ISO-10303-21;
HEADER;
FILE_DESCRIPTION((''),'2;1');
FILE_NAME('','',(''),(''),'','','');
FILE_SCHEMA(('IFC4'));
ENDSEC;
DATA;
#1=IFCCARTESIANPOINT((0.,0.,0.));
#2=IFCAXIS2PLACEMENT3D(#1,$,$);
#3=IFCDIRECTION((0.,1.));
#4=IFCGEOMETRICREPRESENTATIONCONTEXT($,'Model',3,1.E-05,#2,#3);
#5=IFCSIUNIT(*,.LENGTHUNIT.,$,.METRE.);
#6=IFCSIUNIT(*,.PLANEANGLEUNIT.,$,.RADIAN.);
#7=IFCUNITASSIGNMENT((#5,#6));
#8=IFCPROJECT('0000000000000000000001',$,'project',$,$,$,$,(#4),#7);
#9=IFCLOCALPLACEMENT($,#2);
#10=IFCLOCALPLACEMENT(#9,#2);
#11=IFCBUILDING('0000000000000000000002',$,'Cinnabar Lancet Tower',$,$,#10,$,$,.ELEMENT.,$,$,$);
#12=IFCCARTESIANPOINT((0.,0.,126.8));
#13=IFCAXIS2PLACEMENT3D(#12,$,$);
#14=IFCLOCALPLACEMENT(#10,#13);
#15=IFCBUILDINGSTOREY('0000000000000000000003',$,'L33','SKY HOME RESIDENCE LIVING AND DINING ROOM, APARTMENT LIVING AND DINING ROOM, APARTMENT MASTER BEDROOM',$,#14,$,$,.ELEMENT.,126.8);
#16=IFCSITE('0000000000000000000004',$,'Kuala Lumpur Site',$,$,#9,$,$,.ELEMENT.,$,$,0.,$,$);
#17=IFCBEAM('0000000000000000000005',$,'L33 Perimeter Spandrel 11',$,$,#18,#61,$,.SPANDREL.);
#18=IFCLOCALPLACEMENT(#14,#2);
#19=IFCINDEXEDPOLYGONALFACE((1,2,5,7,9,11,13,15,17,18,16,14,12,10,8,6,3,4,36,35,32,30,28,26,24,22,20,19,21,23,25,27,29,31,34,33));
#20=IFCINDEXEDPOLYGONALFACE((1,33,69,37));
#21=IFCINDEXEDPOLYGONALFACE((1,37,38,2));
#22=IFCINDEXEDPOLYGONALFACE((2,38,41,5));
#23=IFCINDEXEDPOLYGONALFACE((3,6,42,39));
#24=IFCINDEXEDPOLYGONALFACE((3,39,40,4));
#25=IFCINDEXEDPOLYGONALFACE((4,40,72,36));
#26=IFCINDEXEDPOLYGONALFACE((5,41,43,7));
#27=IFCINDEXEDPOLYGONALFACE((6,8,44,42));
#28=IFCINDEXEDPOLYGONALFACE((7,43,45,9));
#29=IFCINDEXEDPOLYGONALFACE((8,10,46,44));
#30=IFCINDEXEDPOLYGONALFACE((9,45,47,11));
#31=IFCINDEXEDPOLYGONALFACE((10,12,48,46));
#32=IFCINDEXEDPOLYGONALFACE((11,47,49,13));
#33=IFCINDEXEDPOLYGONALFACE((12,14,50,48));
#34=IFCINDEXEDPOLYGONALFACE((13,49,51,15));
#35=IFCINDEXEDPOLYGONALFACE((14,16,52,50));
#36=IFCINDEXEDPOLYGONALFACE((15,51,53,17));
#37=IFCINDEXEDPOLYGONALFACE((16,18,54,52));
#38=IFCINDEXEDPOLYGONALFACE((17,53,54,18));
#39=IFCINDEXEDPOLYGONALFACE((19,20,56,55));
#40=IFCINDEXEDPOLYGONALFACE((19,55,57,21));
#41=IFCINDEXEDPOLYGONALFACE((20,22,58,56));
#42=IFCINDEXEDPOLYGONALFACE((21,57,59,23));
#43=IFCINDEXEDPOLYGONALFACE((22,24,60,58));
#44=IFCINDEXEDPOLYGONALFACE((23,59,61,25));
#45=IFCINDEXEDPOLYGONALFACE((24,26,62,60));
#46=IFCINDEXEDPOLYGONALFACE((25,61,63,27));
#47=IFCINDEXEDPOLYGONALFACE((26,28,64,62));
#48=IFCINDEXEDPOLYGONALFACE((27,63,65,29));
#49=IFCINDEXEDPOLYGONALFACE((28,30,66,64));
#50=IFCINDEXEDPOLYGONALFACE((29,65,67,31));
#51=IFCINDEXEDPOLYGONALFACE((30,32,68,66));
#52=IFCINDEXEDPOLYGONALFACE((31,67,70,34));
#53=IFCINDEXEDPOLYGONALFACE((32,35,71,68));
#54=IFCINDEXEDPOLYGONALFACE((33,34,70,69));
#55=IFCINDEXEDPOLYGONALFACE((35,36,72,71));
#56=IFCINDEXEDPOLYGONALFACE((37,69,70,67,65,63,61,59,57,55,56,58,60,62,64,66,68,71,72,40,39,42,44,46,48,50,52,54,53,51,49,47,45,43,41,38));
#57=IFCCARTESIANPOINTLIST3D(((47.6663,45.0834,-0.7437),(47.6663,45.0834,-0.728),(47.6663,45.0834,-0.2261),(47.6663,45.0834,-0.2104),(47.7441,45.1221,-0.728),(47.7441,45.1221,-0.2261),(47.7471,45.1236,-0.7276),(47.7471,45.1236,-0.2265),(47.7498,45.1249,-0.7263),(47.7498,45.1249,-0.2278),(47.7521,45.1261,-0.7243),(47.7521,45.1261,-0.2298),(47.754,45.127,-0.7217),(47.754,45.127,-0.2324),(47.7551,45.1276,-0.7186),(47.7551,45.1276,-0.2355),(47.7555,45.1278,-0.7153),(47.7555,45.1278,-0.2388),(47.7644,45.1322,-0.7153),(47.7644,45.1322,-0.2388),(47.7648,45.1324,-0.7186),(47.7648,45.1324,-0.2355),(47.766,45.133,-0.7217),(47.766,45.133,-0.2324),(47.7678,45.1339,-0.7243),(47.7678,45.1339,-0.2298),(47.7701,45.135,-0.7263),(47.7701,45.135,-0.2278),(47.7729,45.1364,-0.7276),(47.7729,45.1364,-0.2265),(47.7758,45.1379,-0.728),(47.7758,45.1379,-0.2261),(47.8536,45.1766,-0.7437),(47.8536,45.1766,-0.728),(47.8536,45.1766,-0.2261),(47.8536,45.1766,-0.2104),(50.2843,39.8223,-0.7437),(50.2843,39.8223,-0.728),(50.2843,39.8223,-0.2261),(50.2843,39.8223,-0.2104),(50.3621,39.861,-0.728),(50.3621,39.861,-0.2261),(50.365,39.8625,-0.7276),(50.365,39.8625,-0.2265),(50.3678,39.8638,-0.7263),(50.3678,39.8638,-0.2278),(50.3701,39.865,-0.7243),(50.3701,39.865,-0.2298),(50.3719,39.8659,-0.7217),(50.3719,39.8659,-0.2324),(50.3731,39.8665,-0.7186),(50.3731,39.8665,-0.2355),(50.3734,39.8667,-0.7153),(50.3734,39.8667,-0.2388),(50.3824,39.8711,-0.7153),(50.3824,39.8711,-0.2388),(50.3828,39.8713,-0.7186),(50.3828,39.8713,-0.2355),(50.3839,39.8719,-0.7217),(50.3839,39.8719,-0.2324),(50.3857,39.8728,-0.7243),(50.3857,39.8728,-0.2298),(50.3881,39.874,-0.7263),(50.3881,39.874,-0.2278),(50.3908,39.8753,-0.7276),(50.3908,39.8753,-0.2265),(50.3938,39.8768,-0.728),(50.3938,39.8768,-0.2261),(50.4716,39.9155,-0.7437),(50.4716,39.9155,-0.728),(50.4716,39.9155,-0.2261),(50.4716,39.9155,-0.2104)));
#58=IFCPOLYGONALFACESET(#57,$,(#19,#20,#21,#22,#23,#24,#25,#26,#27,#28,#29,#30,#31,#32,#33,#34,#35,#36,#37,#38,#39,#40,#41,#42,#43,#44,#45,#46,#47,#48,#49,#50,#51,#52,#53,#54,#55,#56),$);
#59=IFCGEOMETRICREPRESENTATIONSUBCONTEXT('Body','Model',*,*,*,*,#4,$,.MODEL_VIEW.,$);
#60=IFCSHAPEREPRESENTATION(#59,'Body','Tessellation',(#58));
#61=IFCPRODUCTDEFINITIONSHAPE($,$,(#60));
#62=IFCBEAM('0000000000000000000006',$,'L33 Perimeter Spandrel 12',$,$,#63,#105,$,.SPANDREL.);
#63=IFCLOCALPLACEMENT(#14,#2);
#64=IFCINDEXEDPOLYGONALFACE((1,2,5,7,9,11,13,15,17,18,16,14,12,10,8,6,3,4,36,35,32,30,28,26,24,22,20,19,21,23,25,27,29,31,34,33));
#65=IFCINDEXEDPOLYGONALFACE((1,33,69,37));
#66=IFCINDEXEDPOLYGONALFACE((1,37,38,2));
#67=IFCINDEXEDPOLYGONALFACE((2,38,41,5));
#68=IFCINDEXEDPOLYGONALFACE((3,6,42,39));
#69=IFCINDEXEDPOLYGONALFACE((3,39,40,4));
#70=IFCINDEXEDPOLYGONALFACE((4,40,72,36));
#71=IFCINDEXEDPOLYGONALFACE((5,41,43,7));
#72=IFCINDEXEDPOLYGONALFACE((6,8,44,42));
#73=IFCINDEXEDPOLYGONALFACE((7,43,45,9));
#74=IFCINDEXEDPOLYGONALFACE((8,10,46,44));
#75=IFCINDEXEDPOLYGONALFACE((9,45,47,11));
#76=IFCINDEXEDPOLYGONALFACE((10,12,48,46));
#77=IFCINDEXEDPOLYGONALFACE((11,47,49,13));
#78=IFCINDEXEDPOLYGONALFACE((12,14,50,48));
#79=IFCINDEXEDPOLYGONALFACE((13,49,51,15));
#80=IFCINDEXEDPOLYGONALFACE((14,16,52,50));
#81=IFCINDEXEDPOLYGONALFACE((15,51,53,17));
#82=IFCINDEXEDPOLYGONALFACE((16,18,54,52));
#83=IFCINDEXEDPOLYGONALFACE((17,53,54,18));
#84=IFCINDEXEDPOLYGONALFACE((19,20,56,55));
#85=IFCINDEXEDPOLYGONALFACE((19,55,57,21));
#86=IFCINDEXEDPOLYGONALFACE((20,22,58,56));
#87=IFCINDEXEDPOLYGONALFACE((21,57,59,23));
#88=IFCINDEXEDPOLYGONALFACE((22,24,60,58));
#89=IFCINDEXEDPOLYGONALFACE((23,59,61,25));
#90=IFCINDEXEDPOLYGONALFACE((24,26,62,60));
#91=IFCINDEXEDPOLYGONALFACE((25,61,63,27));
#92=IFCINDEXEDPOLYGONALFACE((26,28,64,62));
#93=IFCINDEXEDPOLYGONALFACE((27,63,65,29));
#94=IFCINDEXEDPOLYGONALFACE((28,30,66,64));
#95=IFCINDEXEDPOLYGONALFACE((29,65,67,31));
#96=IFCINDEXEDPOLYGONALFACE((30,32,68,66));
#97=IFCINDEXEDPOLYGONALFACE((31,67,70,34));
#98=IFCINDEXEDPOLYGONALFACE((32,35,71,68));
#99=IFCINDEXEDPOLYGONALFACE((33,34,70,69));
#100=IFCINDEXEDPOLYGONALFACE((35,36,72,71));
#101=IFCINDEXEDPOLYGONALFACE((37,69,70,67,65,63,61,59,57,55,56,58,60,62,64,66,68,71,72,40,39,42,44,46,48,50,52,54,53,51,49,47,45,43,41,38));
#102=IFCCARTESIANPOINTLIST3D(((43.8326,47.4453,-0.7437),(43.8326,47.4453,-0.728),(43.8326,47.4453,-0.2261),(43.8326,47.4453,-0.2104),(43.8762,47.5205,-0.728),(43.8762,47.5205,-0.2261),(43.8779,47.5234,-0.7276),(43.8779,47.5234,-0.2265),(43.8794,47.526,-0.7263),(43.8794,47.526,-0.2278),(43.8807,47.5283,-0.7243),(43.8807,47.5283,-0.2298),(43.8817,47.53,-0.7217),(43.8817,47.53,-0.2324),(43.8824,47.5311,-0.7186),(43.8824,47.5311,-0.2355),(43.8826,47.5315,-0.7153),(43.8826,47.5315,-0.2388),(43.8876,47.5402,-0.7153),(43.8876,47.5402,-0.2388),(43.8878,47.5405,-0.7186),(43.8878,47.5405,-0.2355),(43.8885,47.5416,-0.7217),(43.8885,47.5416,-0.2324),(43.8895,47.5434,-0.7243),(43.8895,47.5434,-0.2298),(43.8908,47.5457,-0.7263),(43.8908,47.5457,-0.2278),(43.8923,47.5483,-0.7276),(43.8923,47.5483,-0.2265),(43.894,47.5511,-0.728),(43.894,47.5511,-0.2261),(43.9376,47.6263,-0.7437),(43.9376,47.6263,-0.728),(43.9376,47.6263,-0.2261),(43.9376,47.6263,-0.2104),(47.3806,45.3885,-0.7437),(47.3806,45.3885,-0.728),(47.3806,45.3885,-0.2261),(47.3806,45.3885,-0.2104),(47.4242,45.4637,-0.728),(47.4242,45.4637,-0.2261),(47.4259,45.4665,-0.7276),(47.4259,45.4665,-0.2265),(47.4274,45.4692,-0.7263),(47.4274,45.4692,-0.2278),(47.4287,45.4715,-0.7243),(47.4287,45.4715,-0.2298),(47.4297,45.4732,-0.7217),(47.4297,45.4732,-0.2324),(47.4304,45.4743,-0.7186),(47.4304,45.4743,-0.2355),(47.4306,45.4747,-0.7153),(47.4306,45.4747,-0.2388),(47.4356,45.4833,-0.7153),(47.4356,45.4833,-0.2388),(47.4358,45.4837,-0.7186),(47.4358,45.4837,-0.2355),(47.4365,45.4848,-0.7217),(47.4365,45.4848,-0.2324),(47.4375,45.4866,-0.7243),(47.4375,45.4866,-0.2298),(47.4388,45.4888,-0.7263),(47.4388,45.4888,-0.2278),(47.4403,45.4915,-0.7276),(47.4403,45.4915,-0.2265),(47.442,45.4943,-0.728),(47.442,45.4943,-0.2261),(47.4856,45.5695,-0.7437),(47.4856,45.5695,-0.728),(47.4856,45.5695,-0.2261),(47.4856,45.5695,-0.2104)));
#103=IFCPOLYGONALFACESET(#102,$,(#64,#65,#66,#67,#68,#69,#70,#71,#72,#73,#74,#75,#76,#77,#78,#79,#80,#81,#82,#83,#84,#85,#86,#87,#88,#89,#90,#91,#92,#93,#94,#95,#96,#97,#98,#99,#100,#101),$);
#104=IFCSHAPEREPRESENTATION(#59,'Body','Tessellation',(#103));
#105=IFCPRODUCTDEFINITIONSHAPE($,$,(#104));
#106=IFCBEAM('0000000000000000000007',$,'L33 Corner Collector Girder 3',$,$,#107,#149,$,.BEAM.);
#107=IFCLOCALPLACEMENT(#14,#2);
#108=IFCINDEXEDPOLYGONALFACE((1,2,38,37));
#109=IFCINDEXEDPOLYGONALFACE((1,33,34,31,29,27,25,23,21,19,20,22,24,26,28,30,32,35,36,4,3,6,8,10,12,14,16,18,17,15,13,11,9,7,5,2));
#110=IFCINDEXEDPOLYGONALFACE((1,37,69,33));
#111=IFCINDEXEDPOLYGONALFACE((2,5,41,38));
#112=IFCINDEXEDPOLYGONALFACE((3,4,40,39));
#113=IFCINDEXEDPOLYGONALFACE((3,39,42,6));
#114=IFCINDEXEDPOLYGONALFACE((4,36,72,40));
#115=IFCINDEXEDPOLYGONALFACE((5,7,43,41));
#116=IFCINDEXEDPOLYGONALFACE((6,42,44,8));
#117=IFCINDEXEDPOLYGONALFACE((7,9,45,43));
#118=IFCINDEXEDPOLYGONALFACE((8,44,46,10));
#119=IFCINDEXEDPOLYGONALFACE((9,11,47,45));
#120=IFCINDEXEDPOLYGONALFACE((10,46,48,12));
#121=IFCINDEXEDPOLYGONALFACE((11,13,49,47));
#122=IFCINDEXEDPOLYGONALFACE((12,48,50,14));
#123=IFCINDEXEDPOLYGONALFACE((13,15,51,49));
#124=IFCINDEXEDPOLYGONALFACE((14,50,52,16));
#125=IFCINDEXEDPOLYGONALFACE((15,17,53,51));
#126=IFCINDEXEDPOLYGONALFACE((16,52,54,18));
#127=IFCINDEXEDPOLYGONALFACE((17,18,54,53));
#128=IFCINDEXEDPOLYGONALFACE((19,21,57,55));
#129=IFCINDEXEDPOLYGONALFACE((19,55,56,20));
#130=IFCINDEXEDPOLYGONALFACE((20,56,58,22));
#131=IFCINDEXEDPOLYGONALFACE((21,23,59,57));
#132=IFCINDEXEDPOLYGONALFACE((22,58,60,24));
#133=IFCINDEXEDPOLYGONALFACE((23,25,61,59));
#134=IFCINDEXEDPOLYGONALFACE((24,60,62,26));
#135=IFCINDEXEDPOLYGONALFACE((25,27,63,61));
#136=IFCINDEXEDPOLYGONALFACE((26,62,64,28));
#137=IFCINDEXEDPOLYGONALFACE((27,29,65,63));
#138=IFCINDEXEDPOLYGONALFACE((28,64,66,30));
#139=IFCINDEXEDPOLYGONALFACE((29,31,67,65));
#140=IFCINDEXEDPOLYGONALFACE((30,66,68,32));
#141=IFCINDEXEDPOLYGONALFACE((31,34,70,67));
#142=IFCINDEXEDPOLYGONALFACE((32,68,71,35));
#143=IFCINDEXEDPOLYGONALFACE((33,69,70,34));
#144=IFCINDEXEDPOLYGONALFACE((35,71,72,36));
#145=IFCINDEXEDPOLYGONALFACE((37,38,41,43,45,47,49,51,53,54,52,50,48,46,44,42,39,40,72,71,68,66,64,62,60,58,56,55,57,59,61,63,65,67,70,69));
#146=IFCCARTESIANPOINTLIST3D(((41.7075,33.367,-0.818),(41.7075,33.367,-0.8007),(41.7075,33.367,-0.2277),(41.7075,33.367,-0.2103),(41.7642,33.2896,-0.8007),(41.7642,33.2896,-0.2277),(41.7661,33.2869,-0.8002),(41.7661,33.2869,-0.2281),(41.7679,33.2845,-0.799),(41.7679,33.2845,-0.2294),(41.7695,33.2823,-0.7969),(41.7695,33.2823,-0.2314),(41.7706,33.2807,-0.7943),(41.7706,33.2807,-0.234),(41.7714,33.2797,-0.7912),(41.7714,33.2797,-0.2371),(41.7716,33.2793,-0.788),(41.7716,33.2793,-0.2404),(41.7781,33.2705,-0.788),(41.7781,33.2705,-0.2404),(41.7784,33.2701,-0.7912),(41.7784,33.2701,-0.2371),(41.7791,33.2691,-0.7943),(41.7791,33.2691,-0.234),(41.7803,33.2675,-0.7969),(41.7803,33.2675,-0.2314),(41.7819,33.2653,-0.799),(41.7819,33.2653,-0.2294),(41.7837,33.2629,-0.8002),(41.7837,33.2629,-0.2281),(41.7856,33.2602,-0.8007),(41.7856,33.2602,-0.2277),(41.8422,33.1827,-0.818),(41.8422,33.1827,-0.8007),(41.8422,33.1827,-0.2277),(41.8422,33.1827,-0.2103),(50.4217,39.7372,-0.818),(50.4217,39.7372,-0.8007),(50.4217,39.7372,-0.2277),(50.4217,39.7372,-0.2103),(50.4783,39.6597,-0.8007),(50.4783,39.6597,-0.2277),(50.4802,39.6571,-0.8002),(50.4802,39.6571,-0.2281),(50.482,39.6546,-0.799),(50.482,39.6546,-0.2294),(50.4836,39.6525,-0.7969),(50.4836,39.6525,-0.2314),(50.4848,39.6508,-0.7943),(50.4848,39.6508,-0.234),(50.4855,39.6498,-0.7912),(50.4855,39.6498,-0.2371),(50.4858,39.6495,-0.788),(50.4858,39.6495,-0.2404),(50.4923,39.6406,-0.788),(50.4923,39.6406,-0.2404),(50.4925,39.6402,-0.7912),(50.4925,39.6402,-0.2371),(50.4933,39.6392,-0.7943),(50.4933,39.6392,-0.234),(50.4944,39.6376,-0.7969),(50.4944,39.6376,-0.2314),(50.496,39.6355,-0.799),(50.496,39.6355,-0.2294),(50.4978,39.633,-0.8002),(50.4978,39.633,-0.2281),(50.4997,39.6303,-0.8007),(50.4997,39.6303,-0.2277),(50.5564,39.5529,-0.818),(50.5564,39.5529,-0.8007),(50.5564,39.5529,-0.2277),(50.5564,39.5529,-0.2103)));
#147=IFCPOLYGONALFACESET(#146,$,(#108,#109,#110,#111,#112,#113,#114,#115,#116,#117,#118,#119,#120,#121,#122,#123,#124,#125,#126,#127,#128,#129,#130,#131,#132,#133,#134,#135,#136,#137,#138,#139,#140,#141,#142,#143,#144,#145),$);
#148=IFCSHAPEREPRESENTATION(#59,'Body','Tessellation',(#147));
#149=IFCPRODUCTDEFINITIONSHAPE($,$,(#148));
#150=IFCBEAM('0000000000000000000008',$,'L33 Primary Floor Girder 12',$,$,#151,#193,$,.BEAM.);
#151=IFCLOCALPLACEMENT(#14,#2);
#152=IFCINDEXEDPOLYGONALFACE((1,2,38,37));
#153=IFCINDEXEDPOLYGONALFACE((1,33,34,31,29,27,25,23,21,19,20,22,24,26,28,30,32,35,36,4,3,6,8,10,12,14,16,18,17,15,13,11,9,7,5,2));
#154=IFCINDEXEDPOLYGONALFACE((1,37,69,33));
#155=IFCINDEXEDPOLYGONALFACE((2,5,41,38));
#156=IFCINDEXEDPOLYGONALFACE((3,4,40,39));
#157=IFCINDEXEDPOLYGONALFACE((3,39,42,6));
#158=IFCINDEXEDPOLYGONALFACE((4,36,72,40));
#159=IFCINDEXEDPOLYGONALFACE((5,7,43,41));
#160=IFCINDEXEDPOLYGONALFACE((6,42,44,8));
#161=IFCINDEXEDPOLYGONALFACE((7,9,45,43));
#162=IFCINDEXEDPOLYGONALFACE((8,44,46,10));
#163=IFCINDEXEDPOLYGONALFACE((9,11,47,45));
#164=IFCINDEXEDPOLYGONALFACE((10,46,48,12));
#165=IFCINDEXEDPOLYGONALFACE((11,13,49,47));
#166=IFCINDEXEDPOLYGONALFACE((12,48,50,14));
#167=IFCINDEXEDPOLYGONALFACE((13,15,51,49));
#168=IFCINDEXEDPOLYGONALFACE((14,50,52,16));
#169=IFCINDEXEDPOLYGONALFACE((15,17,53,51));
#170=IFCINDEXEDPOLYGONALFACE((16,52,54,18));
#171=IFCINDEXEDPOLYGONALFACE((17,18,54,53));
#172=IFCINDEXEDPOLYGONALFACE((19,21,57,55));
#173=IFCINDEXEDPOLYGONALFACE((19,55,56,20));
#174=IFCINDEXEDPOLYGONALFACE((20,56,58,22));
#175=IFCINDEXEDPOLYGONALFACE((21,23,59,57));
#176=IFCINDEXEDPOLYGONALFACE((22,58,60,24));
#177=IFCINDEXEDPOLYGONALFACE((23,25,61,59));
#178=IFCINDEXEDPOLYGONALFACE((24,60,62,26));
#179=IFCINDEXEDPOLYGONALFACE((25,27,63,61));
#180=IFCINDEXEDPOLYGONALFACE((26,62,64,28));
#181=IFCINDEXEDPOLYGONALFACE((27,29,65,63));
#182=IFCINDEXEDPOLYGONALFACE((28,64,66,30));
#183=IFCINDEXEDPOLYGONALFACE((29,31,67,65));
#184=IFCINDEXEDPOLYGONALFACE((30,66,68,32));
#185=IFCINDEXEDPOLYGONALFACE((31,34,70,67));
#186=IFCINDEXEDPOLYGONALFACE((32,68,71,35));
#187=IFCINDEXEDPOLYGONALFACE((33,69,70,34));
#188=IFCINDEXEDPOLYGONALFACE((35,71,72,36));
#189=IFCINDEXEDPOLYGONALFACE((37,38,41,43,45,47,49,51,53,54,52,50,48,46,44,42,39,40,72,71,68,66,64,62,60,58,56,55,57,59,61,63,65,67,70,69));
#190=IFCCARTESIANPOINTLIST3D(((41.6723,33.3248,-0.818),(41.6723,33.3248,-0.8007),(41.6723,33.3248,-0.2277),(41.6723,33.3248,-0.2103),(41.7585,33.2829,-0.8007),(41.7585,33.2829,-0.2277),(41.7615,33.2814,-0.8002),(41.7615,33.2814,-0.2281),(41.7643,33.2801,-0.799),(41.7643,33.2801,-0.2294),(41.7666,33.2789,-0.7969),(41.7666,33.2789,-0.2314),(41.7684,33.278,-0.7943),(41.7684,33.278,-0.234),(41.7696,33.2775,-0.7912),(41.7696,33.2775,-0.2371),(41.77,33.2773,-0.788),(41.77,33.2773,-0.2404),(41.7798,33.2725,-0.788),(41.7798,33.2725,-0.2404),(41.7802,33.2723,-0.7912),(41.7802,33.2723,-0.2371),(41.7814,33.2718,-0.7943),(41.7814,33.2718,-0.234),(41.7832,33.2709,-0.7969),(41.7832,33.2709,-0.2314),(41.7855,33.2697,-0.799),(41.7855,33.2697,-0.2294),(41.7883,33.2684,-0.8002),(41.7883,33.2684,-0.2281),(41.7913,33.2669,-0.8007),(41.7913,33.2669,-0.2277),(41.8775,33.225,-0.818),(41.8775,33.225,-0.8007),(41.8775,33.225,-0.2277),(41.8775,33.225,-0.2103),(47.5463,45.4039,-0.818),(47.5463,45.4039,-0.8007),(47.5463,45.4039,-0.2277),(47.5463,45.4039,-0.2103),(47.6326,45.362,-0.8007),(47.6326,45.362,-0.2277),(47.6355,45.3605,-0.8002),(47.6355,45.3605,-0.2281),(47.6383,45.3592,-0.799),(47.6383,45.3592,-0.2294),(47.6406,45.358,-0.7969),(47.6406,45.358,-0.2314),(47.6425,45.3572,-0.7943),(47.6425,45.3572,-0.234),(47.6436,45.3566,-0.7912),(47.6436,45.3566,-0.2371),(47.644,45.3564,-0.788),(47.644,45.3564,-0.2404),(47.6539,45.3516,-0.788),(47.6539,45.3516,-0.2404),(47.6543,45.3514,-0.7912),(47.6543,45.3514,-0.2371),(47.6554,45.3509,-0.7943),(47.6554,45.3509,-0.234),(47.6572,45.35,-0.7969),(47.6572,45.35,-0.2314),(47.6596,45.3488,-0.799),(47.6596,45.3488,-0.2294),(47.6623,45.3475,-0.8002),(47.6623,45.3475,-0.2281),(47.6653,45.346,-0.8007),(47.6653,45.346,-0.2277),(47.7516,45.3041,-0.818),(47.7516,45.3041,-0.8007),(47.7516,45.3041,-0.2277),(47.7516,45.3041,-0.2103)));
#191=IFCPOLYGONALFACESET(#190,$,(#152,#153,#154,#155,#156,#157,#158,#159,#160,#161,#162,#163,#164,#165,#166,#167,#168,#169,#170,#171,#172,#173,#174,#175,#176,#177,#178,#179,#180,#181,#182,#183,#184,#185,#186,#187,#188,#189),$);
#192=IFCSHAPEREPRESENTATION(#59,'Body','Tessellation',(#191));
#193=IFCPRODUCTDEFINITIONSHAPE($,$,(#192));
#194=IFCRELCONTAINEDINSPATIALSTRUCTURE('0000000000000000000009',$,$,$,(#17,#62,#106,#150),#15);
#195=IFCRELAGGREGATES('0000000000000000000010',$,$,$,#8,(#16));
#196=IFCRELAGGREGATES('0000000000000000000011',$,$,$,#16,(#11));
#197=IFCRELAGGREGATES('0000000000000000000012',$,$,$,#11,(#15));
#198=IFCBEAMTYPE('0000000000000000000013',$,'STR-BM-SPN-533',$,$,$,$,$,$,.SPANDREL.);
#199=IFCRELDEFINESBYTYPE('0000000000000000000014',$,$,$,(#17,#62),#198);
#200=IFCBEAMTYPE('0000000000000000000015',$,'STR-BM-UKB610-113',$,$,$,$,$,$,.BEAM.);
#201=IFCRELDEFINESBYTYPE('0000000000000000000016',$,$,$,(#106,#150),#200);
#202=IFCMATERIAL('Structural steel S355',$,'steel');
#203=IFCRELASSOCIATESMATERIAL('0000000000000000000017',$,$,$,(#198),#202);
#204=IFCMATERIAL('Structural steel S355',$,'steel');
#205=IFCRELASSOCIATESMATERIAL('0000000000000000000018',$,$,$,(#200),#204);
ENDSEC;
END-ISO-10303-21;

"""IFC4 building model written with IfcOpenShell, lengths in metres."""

from ifc_helpers import new_model, si_unit, direction, frame, origin, origin_2d, place, context, subcontext, project, spatial, i_section, extrude, material, material_profile, profile_set, type_object, element, save


model = new_model("IFC4")

# Units and contexts
model_context = context("Model", 3, precision=1e-05, world=origin(), true_north=direction((0.0, 1.0)))
body_context = subcontext(model_context, "Body", "Model", "MODEL_VIEW")
ifc_project = project(units=[si_unit("LENGTHUNIT", "METRE"), si_unit("PLANEANGLEUNIT", "RADIAN")], contexts=[model_context])

# Site, building, storey
site_placement = place(None, origin())
site = spatial("IfcSite", under=ifc_project, at=site_placement, Name="Kuala Lumpur Site", CompositionType="ELEMENT", RefElevation=0.0)
building_placement = place(site_placement, origin())
building = spatial("IfcBuilding", under=site, at=building_placement, Name="Cinnabar Lancet Tower", CompositionType="ELEMENT")
storey_placement = place(building_placement, frame((0.0, 0.0, 126.8)))
storey = spatial("IfcBuildingStorey", under=building, at=storey_placement, Name="L33", Description="SKY HOME RESIDENCE LIVING AND DINING ROOM, APARTMENT LIVING AND DINING ROOM, APARTMENT MASTER BEDROOM", CompositionType="ELEMENT", Elevation=126.8)

# Beams
ifc_material_1 = material(Name="Structural steel S355", Category="steel")
ifc_material_profile_1 = material_profile(ifc_material_1, i_section(OverallWidth=0.2092, OverallDepth=0.5332, WebThickness=0.01, FlangeThickness=0.0156, FilletRadius=0.0127, at=origin_2d()), Name="UKB 533x210x92")
ifc_profile_set_1 = profile_set([ifc_material_profile_1], Name="Structural steel S355")
beam_type_1 = type_object("IfcBeamType", Name="STR-BM-SPN-533", PredefinedType="SPANDREL", material=ifc_profile_set_1)
beam_1_placement = place(storey_placement, frame((50.3779, 39.8689, -0.4771), z_axis=(-0.445501, 0.895281, 0.0), x_axis=(-0.895281, -0.445501, 0.0)))
element("IfcBeam", 1, at=beam_1_placement, inside=storey, type_object=beam_type_1, Name="L33 Perimeter Spandrel 11", PredefinedType="SPANDREL", context=body_context, shape_type="SweptSolid", body=[
    extrude(i_section(OverallWidth=0.2092, OverallDepth=0.5332, WebThickness=0.01, FlangeThickness=0.0156, FilletRadius=0.0127, at=origin_2d()), origin(), (0.0, 0.0, 1.0), 5.8765),
])
beam_2_placement = place(storey_placement, frame((47.4331, 45.479, -0.4771), z_axis=(-0.865138, 0.501534, 0.0), x_axis=(-0.501534, -0.865138, 0.0)))
element("IfcBeam", 2, at=beam_2_placement, inside=storey, type_object=beam_type_1, Name="L33 Perimeter Spandrel 12", PredefinedType="SPANDREL", context=body_context, shape_type="SweptSolid", body=[
    extrude(i_section(OverallWidth=0.2092, OverallDepth=0.5332, WebThickness=0.01, FlangeThickness=0.0156, FilletRadius=0.0127, at=origin_2d()), origin(), (0.0, 0.0, 1.0), 4.1011),
])
ifc_material_2 = material(Name="Structural steel S355", Category="steel")
ifc_material_profile_2 = material_profile(ifc_material_2, i_section(OverallWidth=0.2283, OverallDepth=0.6077, WebThickness=0.011, FlangeThickness=0.0173, FilletRadius=0.0127, at=origin_2d()), Name="UKB 610x229x113")
ifc_profile_set_2 = profile_set([ifc_material_profile_2], Name="Structural steel S355")
beam_type_2 = type_object("IfcBeamType", Name="STR-BM-UKB610-113", PredefinedType="BEAM", material=ifc_profile_set_2)
beam_3_placement = place(storey_placement, frame((50.489, 39.645, -0.5142), z_axis=(-0.807298, -0.590144, 0.0), x_axis=(0.590144, -0.807298, 0.0)))
element("IfcBeam", 3, at=beam_3_placement, inside=storey, type_object=beam_type_2, Name="L33 Corner Collector Girder 3", PredefinedType="BEAM", context=body_context, shape_type="SweptSolid", body=[
    extrude(i_section(OverallWidth=0.2283, OverallDepth=0.6077, WebThickness=0.011, FlangeThickness=0.0173, FilletRadius=0.0127, at=origin_2d()), origin(), (0.0, 0.0, 1.0), 10.7942),
])
beam_4_placement = place(storey_placement, frame((47.6489, 45.354, -0.5142), z_axis=(-0.437327, -0.899302, 0.0), x_axis=(0.899302, -0.437327, 0.0)))
element("IfcBeam", 4, at=beam_4_placement, inside=storey, type_object=beam_type_2, Name="L33 Primary Floor Girder 12", PredefinedType="BEAM", context=body_context, shape_type="SweptSolid", body=[
    extrude(i_section(OverallWidth=0.2283, OverallDepth=0.6077, WebThickness=0.011, FlangeThickness=0.0173, FilletRadius=0.0127, at=origin_2d()), origin(), (0.0, 0.0, 1.0), 13.4316),
])

save(model, "model.ifc")
